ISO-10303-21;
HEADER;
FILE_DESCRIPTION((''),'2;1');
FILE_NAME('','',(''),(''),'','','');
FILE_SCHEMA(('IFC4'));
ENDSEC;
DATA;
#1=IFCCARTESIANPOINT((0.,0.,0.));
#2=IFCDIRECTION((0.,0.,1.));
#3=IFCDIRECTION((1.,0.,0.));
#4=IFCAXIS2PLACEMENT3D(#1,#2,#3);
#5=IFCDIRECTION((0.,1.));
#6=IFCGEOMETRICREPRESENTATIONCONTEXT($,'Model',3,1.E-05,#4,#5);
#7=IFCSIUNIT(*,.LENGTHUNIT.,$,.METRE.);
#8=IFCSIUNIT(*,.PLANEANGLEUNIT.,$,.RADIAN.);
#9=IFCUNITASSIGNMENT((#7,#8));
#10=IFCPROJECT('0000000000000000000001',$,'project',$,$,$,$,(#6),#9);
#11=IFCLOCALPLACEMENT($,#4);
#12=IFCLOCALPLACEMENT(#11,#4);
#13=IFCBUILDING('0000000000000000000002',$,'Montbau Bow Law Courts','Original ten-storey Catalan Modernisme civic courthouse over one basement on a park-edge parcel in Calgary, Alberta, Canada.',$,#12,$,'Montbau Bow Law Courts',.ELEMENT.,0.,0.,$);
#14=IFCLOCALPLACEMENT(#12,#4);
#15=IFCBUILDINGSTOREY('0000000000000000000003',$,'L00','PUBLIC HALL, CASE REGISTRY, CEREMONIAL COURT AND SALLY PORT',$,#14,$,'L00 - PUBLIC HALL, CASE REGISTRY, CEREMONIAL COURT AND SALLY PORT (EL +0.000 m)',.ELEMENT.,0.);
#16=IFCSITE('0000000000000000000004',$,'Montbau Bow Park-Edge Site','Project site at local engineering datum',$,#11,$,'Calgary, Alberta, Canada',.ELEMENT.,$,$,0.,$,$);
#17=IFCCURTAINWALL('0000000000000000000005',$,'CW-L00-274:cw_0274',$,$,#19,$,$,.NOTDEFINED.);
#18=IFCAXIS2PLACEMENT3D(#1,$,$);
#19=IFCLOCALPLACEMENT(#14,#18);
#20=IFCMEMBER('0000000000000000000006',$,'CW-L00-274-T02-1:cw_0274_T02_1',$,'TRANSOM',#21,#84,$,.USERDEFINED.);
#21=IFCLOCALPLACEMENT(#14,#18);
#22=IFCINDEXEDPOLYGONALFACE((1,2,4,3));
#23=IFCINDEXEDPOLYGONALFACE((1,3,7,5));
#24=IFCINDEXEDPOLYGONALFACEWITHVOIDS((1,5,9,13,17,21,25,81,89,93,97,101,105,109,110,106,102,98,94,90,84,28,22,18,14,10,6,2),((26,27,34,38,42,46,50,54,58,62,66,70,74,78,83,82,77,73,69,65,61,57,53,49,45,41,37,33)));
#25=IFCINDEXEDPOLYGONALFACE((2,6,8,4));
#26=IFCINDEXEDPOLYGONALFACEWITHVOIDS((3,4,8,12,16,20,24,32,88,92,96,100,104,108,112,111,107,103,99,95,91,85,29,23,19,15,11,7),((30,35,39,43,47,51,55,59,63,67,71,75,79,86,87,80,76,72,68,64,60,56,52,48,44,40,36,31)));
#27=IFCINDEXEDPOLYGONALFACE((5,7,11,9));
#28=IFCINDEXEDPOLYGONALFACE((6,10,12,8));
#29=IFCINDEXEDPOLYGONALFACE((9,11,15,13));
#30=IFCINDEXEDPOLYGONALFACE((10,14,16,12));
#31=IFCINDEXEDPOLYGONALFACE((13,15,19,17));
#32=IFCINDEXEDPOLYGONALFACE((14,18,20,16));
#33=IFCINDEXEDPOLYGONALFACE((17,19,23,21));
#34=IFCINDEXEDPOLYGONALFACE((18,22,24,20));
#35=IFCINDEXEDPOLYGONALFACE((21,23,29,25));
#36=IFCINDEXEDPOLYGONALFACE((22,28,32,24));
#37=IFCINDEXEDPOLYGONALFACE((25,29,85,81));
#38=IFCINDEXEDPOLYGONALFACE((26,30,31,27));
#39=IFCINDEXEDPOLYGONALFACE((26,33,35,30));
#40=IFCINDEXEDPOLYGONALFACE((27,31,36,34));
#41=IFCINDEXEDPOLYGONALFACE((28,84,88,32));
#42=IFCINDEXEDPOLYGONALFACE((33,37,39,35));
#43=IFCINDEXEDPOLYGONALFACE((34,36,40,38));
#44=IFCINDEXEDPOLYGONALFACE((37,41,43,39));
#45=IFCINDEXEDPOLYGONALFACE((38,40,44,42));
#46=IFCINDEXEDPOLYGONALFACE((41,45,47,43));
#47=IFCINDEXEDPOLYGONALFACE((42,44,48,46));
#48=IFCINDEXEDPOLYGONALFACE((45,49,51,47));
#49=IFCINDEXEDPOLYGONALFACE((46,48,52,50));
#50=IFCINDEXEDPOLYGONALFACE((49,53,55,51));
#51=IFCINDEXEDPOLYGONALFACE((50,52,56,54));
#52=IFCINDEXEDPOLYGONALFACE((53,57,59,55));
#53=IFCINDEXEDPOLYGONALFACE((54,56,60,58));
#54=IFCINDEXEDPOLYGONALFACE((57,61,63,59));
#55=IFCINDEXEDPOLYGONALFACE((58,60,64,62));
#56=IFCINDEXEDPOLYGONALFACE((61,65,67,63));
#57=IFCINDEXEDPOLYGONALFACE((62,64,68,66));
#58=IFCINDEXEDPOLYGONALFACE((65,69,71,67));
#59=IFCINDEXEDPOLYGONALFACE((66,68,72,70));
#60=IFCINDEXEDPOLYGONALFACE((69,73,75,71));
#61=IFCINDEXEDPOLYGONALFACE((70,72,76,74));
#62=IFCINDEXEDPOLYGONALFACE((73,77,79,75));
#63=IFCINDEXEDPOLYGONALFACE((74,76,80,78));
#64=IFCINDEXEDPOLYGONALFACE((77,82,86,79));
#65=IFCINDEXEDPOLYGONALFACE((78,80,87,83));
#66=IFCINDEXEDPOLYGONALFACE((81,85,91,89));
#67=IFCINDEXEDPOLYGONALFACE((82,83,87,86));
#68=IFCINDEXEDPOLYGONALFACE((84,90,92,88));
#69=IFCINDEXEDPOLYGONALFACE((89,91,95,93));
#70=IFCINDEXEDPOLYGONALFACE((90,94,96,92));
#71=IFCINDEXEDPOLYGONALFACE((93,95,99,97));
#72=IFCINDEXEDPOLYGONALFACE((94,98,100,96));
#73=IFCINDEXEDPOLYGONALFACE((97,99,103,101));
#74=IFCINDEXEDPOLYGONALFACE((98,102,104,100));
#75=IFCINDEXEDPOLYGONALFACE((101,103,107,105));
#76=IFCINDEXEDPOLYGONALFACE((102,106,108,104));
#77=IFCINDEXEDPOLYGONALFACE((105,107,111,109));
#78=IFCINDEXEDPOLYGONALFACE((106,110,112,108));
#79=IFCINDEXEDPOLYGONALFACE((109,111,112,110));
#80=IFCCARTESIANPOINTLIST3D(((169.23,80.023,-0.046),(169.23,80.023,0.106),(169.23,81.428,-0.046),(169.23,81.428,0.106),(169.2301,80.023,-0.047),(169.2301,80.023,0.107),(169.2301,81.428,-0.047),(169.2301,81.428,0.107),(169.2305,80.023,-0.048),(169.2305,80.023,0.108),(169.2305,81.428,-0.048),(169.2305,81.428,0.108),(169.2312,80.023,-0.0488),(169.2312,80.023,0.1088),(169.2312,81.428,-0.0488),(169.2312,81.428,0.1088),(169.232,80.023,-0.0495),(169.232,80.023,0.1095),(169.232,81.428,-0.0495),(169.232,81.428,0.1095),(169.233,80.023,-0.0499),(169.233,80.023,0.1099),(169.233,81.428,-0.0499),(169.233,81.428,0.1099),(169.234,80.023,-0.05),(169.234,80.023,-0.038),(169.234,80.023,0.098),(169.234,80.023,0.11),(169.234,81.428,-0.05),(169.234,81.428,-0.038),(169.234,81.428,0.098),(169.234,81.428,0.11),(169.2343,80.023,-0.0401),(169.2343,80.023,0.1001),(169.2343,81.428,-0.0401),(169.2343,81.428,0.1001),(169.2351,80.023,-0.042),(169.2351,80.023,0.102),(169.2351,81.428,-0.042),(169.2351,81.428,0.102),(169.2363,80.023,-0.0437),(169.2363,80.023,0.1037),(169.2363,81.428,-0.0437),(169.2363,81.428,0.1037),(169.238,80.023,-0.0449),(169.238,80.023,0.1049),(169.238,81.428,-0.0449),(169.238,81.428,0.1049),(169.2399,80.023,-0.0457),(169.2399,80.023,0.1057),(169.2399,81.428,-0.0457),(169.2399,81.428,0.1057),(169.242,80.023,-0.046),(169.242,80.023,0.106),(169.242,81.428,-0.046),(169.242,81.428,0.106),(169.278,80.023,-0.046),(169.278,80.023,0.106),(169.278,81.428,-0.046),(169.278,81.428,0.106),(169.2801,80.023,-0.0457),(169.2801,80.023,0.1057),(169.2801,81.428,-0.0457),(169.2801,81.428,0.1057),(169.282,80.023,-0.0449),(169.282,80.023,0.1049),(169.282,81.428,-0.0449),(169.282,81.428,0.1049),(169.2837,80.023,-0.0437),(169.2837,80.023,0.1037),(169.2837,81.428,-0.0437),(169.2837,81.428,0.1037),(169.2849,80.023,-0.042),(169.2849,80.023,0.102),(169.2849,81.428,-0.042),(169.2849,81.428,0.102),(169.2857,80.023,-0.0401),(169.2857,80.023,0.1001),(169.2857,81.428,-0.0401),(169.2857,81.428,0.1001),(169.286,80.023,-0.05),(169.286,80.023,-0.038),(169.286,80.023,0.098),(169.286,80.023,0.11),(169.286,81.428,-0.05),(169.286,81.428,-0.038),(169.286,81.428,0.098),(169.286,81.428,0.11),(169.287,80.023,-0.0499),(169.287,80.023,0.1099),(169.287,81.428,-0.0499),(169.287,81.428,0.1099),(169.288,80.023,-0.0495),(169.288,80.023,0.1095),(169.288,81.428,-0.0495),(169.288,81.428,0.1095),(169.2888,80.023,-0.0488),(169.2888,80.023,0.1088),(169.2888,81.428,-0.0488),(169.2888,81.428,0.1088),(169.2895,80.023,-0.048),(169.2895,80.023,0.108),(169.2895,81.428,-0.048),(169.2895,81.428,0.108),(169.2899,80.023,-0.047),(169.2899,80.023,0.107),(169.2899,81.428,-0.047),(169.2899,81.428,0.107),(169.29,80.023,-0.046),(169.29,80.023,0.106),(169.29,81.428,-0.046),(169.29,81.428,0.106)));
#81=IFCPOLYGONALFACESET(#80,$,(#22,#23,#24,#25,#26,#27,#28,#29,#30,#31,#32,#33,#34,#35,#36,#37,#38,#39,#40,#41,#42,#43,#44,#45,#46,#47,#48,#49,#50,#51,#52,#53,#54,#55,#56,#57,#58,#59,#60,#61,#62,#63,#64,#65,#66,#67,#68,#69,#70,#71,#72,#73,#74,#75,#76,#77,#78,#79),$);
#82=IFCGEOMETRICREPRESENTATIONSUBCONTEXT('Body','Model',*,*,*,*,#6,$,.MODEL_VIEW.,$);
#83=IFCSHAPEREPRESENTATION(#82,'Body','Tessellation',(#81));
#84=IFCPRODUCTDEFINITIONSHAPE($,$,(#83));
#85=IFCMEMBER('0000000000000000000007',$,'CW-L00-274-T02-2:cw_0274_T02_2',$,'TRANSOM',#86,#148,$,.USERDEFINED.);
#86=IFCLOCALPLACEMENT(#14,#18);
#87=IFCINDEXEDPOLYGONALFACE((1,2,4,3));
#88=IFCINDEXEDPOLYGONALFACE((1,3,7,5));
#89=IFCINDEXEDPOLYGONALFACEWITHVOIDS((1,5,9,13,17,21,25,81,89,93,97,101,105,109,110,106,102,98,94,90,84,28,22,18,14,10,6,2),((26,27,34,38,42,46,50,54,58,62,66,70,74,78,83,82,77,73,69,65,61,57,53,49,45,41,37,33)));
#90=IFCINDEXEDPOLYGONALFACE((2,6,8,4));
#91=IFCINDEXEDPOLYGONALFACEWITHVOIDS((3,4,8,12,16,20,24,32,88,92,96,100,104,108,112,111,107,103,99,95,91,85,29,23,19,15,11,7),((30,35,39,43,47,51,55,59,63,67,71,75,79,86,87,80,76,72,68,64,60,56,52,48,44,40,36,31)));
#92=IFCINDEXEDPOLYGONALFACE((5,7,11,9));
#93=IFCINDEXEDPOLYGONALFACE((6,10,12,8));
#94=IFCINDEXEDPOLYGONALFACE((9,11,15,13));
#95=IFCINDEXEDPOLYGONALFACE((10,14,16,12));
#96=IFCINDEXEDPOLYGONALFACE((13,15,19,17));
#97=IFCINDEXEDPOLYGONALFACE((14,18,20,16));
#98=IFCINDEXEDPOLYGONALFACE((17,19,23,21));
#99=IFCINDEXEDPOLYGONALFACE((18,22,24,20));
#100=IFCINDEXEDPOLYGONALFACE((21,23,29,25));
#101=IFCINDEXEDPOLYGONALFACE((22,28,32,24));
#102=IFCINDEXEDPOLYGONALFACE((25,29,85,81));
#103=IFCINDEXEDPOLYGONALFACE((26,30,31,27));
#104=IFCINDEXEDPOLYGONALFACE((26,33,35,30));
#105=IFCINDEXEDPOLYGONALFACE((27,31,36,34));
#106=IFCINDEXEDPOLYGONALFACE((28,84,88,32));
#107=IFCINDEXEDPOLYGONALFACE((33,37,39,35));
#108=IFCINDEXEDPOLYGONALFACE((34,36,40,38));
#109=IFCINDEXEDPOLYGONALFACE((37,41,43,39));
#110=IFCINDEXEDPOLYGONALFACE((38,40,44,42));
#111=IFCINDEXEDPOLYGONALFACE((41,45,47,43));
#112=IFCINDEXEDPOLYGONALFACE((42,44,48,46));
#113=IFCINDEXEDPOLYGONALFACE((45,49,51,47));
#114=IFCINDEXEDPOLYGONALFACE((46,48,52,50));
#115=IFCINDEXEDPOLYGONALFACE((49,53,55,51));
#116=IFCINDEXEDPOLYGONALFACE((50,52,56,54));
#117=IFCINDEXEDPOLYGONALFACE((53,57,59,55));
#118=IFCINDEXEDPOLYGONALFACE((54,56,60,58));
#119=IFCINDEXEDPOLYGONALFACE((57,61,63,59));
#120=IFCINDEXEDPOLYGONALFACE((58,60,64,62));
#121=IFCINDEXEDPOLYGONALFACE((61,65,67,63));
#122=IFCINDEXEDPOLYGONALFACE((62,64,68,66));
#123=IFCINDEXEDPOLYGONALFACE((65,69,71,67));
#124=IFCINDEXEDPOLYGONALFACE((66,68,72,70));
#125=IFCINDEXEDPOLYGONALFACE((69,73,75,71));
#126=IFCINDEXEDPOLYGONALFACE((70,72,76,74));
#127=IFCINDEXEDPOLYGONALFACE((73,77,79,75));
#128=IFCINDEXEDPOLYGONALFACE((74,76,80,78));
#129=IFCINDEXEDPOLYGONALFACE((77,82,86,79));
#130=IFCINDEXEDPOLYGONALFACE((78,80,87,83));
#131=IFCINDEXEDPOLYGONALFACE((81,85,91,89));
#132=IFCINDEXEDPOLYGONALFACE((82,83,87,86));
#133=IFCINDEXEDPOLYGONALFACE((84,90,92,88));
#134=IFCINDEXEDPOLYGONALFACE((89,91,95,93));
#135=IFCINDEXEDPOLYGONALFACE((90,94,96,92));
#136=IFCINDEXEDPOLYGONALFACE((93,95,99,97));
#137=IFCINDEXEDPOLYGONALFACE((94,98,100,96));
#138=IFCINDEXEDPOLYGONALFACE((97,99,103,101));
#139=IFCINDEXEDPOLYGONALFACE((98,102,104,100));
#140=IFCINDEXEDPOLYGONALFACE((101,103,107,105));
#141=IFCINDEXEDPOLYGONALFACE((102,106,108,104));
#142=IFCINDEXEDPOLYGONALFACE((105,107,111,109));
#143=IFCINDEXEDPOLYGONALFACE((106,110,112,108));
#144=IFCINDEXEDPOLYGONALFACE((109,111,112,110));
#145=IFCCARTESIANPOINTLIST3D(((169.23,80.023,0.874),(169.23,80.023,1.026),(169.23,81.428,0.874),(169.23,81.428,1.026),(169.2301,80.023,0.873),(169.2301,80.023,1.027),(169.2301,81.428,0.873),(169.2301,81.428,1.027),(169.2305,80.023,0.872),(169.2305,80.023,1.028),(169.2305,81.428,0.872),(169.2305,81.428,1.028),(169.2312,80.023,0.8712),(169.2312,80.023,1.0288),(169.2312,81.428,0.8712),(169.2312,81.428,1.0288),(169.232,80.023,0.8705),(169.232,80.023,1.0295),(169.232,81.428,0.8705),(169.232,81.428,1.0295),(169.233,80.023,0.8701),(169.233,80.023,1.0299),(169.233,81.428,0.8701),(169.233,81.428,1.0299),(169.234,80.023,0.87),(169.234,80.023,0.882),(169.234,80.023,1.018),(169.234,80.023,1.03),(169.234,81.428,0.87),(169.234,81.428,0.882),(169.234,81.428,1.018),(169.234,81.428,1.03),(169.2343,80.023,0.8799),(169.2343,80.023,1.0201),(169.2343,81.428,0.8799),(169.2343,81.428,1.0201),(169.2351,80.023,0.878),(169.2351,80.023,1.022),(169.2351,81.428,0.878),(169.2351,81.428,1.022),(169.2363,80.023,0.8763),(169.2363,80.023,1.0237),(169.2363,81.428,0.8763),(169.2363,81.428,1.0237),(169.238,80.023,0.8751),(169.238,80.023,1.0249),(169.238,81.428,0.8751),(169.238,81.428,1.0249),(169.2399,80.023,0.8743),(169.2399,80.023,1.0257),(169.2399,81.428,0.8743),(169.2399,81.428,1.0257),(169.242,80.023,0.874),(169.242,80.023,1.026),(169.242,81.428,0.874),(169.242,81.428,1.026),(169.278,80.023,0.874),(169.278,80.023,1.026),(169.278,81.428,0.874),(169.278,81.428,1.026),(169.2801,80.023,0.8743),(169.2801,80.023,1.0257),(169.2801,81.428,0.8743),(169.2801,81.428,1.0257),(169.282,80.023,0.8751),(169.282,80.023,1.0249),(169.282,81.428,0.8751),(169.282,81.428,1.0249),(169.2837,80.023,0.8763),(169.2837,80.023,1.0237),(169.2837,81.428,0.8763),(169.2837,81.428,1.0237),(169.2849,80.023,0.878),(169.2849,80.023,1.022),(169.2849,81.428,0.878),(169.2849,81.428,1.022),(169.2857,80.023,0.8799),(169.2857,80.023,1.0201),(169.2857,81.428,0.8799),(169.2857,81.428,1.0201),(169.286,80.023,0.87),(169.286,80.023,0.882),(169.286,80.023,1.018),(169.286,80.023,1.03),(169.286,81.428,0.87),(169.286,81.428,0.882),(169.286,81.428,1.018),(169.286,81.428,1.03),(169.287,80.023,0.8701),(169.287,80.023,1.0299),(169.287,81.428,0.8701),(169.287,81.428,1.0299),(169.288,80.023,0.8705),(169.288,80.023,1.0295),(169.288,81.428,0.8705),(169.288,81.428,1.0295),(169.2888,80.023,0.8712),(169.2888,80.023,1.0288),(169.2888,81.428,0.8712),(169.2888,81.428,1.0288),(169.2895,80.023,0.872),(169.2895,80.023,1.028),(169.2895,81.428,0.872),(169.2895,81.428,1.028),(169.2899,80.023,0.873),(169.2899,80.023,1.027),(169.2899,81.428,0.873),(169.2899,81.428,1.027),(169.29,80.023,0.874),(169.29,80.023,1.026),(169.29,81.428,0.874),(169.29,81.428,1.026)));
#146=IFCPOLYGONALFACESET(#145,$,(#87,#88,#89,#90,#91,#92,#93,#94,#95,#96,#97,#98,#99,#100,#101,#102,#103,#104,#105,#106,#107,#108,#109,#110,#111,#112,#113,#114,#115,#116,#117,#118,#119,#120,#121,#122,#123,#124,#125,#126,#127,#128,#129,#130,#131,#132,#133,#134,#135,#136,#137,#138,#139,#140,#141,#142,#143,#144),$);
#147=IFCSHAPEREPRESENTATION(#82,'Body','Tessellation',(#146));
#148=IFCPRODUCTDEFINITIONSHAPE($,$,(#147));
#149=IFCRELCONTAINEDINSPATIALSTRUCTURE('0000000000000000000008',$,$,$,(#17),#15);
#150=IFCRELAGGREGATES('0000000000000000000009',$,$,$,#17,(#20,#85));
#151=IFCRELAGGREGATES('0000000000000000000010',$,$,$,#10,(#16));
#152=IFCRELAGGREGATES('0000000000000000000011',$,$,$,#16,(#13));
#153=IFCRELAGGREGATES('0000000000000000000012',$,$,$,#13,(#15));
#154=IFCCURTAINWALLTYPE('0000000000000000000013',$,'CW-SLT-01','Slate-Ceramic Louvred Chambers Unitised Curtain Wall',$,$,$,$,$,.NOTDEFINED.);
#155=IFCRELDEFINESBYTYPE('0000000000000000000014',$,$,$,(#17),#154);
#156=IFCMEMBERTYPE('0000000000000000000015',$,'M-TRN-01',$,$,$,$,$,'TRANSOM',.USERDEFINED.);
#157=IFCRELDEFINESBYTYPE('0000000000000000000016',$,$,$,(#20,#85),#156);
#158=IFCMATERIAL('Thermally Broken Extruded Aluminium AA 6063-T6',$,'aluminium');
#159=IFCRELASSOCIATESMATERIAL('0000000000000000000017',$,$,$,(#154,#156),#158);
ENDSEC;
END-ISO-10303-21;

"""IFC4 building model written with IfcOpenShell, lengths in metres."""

from ifc_helpers import new_model, si_unit, direction, frame, origin_with_axes, origin_2d_with_axis, place, context, subcontext, project, spatial, hollow_rectangle, extrude, material, material_profile, profile_set, type_object, element, aggregate, save


model = new_model("IFC4")

# Units and contexts
model_context = context("Model", 3, precision=1e-05, world=origin_with_axes(), true_north=direction((0.0, 1.0)))
body_context = subcontext(model_context, "Body", "Model", "MODEL_VIEW")
ifc_project = project(units=[si_unit("LENGTHUNIT", "METRE"), si_unit("PLANEANGLEUNIT", "RADIAN")], contexts=[model_context])

# Site, building, storey
site_placement = place(None, origin_with_axes())
site = spatial("IfcSite", under=ifc_project, at=site_placement, Name="Montbau Bow Park-Edge Site", Description="Project site at local engineering datum", LongName="Calgary, Alberta, Canada", CompositionType="ELEMENT", RefElevation=0.0)
building_placement = place(site_placement, origin_with_axes())
building = spatial("IfcBuilding", under=site, at=building_placement, Name="Montbau Bow Law Courts", Description="Original ten-storey Catalan Modernisme civic courthouse over one basement on a park-edge parcel in Calgary, Alberta, Canada.", LongName="Montbau Bow Law Courts", CompositionType="ELEMENT", ElevationOfRefHeight=0.0, ElevationOfTerrain=0.0)
storey_placement = place(building_placement, origin_with_axes())
storey = spatial("IfcBuildingStorey", under=building, at=storey_placement, Name="L00", Description="PUBLIC HALL, CASE REGISTRY, CEREMONIAL COURT AND SALLY PORT", LongName="L00 - PUBLIC HALL, CASE REGISTRY, CEREMONIAL COURT AND SALLY PORT (EL +0.000 m)", CompositionType="ELEMENT", Elevation=0.0)

# Curtain wall, members
ifc_material_1 = material(Name="Thermally Broken Extruded Aluminium AA 6063-T6", Category="aluminium")
curtain_wall_type = type_object("IfcCurtainWallType", Name="CW-SLT-01", Description="Slate-Ceramic Louvred Chambers Unitised Curtain Wall", PredefinedType="NOTDEFINED", material=ifc_material_1)
curtain_wall_placement = place(None, frame((169.26, 78.515, 0.0), z_axis=(0.0, 0.0, 1.0), x_axis=(1.0, 0.0, 0.0)))
curtain_wall = element("IfcCurtainWall", 1, at=curtain_wall_placement, inside=storey, type_object=curtain_wall_type, Name="CW-L00-274:cw_0274", PredefinedType="NOTDEFINED")
ifc_material_profile_1 = material_profile(ifc_material_1, hollow_rectangle(XDim=0.06, YDim=0.16, WallThickness=0.004, InnerFilletRadius=0.008, OuterFilletRadius=0.004, at=origin_2d_with_axis()), Name="CWT-160X60", Category="Main", Priority=0)
ifc_profile_set_1 = profile_set([ifc_material_profile_1], Name="Thermally Broken Extruded Aluminium AA 6063-T6")
member_type_1 = type_object("IfcMemberType", Name="M-TRN-01", ElementType="TRANSOM", PredefinedType="USERDEFINED", material=ifc_profile_set_1)
member_1_placement = place(None, frame((169.26, 80.023, 0.03), z_axis=(0.0, 1.0, 0.0), x_axis=(-1.0, 0.0, 0.0)))
member_1 = element("IfcMember", 2, at=member_1_placement, type_object=member_type_1, Name="CW-L00-274-T02-1:cw_0274_T02_1", ObjectType="TRANSOM", PredefinedType="USERDEFINED", context=body_context, shape_type="SweptSolid", body=[
    extrude(hollow_rectangle(XDim=0.06, YDim=0.16, WallThickness=0.004, InnerFilletRadius=0.008, OuterFilletRadius=0.004, at=origin_2d_with_axis()), origin_with_axes(), (0.0, 0.0, 1.0), 1.405),
])
member_2_placement = place(None, frame((169.26, 80.023, 0.95), z_axis=(0.0, 1.0, 0.0), x_axis=(-1.0, 0.0, 0.0)))
member_2 = element("IfcMember", 3, at=member_2_placement, type_object=member_type_1, Name="CW-L00-274-T02-2:cw_0274_T02_2", ObjectType="TRANSOM", PredefinedType="USERDEFINED", context=body_context, shape_type="SweptSolid", body=[
    extrude(hollow_rectangle(XDim=0.06, YDim=0.16, WallThickness=0.004, InnerFilletRadius=0.008, OuterFilletRadius=0.004, at=origin_2d_with_axis()), origin_with_axes(), (0.0, 0.0, 1.0), 1.405),
])
aggregate(curtain_wall, [member_1, member_2])

save(model, "model.ifc")
